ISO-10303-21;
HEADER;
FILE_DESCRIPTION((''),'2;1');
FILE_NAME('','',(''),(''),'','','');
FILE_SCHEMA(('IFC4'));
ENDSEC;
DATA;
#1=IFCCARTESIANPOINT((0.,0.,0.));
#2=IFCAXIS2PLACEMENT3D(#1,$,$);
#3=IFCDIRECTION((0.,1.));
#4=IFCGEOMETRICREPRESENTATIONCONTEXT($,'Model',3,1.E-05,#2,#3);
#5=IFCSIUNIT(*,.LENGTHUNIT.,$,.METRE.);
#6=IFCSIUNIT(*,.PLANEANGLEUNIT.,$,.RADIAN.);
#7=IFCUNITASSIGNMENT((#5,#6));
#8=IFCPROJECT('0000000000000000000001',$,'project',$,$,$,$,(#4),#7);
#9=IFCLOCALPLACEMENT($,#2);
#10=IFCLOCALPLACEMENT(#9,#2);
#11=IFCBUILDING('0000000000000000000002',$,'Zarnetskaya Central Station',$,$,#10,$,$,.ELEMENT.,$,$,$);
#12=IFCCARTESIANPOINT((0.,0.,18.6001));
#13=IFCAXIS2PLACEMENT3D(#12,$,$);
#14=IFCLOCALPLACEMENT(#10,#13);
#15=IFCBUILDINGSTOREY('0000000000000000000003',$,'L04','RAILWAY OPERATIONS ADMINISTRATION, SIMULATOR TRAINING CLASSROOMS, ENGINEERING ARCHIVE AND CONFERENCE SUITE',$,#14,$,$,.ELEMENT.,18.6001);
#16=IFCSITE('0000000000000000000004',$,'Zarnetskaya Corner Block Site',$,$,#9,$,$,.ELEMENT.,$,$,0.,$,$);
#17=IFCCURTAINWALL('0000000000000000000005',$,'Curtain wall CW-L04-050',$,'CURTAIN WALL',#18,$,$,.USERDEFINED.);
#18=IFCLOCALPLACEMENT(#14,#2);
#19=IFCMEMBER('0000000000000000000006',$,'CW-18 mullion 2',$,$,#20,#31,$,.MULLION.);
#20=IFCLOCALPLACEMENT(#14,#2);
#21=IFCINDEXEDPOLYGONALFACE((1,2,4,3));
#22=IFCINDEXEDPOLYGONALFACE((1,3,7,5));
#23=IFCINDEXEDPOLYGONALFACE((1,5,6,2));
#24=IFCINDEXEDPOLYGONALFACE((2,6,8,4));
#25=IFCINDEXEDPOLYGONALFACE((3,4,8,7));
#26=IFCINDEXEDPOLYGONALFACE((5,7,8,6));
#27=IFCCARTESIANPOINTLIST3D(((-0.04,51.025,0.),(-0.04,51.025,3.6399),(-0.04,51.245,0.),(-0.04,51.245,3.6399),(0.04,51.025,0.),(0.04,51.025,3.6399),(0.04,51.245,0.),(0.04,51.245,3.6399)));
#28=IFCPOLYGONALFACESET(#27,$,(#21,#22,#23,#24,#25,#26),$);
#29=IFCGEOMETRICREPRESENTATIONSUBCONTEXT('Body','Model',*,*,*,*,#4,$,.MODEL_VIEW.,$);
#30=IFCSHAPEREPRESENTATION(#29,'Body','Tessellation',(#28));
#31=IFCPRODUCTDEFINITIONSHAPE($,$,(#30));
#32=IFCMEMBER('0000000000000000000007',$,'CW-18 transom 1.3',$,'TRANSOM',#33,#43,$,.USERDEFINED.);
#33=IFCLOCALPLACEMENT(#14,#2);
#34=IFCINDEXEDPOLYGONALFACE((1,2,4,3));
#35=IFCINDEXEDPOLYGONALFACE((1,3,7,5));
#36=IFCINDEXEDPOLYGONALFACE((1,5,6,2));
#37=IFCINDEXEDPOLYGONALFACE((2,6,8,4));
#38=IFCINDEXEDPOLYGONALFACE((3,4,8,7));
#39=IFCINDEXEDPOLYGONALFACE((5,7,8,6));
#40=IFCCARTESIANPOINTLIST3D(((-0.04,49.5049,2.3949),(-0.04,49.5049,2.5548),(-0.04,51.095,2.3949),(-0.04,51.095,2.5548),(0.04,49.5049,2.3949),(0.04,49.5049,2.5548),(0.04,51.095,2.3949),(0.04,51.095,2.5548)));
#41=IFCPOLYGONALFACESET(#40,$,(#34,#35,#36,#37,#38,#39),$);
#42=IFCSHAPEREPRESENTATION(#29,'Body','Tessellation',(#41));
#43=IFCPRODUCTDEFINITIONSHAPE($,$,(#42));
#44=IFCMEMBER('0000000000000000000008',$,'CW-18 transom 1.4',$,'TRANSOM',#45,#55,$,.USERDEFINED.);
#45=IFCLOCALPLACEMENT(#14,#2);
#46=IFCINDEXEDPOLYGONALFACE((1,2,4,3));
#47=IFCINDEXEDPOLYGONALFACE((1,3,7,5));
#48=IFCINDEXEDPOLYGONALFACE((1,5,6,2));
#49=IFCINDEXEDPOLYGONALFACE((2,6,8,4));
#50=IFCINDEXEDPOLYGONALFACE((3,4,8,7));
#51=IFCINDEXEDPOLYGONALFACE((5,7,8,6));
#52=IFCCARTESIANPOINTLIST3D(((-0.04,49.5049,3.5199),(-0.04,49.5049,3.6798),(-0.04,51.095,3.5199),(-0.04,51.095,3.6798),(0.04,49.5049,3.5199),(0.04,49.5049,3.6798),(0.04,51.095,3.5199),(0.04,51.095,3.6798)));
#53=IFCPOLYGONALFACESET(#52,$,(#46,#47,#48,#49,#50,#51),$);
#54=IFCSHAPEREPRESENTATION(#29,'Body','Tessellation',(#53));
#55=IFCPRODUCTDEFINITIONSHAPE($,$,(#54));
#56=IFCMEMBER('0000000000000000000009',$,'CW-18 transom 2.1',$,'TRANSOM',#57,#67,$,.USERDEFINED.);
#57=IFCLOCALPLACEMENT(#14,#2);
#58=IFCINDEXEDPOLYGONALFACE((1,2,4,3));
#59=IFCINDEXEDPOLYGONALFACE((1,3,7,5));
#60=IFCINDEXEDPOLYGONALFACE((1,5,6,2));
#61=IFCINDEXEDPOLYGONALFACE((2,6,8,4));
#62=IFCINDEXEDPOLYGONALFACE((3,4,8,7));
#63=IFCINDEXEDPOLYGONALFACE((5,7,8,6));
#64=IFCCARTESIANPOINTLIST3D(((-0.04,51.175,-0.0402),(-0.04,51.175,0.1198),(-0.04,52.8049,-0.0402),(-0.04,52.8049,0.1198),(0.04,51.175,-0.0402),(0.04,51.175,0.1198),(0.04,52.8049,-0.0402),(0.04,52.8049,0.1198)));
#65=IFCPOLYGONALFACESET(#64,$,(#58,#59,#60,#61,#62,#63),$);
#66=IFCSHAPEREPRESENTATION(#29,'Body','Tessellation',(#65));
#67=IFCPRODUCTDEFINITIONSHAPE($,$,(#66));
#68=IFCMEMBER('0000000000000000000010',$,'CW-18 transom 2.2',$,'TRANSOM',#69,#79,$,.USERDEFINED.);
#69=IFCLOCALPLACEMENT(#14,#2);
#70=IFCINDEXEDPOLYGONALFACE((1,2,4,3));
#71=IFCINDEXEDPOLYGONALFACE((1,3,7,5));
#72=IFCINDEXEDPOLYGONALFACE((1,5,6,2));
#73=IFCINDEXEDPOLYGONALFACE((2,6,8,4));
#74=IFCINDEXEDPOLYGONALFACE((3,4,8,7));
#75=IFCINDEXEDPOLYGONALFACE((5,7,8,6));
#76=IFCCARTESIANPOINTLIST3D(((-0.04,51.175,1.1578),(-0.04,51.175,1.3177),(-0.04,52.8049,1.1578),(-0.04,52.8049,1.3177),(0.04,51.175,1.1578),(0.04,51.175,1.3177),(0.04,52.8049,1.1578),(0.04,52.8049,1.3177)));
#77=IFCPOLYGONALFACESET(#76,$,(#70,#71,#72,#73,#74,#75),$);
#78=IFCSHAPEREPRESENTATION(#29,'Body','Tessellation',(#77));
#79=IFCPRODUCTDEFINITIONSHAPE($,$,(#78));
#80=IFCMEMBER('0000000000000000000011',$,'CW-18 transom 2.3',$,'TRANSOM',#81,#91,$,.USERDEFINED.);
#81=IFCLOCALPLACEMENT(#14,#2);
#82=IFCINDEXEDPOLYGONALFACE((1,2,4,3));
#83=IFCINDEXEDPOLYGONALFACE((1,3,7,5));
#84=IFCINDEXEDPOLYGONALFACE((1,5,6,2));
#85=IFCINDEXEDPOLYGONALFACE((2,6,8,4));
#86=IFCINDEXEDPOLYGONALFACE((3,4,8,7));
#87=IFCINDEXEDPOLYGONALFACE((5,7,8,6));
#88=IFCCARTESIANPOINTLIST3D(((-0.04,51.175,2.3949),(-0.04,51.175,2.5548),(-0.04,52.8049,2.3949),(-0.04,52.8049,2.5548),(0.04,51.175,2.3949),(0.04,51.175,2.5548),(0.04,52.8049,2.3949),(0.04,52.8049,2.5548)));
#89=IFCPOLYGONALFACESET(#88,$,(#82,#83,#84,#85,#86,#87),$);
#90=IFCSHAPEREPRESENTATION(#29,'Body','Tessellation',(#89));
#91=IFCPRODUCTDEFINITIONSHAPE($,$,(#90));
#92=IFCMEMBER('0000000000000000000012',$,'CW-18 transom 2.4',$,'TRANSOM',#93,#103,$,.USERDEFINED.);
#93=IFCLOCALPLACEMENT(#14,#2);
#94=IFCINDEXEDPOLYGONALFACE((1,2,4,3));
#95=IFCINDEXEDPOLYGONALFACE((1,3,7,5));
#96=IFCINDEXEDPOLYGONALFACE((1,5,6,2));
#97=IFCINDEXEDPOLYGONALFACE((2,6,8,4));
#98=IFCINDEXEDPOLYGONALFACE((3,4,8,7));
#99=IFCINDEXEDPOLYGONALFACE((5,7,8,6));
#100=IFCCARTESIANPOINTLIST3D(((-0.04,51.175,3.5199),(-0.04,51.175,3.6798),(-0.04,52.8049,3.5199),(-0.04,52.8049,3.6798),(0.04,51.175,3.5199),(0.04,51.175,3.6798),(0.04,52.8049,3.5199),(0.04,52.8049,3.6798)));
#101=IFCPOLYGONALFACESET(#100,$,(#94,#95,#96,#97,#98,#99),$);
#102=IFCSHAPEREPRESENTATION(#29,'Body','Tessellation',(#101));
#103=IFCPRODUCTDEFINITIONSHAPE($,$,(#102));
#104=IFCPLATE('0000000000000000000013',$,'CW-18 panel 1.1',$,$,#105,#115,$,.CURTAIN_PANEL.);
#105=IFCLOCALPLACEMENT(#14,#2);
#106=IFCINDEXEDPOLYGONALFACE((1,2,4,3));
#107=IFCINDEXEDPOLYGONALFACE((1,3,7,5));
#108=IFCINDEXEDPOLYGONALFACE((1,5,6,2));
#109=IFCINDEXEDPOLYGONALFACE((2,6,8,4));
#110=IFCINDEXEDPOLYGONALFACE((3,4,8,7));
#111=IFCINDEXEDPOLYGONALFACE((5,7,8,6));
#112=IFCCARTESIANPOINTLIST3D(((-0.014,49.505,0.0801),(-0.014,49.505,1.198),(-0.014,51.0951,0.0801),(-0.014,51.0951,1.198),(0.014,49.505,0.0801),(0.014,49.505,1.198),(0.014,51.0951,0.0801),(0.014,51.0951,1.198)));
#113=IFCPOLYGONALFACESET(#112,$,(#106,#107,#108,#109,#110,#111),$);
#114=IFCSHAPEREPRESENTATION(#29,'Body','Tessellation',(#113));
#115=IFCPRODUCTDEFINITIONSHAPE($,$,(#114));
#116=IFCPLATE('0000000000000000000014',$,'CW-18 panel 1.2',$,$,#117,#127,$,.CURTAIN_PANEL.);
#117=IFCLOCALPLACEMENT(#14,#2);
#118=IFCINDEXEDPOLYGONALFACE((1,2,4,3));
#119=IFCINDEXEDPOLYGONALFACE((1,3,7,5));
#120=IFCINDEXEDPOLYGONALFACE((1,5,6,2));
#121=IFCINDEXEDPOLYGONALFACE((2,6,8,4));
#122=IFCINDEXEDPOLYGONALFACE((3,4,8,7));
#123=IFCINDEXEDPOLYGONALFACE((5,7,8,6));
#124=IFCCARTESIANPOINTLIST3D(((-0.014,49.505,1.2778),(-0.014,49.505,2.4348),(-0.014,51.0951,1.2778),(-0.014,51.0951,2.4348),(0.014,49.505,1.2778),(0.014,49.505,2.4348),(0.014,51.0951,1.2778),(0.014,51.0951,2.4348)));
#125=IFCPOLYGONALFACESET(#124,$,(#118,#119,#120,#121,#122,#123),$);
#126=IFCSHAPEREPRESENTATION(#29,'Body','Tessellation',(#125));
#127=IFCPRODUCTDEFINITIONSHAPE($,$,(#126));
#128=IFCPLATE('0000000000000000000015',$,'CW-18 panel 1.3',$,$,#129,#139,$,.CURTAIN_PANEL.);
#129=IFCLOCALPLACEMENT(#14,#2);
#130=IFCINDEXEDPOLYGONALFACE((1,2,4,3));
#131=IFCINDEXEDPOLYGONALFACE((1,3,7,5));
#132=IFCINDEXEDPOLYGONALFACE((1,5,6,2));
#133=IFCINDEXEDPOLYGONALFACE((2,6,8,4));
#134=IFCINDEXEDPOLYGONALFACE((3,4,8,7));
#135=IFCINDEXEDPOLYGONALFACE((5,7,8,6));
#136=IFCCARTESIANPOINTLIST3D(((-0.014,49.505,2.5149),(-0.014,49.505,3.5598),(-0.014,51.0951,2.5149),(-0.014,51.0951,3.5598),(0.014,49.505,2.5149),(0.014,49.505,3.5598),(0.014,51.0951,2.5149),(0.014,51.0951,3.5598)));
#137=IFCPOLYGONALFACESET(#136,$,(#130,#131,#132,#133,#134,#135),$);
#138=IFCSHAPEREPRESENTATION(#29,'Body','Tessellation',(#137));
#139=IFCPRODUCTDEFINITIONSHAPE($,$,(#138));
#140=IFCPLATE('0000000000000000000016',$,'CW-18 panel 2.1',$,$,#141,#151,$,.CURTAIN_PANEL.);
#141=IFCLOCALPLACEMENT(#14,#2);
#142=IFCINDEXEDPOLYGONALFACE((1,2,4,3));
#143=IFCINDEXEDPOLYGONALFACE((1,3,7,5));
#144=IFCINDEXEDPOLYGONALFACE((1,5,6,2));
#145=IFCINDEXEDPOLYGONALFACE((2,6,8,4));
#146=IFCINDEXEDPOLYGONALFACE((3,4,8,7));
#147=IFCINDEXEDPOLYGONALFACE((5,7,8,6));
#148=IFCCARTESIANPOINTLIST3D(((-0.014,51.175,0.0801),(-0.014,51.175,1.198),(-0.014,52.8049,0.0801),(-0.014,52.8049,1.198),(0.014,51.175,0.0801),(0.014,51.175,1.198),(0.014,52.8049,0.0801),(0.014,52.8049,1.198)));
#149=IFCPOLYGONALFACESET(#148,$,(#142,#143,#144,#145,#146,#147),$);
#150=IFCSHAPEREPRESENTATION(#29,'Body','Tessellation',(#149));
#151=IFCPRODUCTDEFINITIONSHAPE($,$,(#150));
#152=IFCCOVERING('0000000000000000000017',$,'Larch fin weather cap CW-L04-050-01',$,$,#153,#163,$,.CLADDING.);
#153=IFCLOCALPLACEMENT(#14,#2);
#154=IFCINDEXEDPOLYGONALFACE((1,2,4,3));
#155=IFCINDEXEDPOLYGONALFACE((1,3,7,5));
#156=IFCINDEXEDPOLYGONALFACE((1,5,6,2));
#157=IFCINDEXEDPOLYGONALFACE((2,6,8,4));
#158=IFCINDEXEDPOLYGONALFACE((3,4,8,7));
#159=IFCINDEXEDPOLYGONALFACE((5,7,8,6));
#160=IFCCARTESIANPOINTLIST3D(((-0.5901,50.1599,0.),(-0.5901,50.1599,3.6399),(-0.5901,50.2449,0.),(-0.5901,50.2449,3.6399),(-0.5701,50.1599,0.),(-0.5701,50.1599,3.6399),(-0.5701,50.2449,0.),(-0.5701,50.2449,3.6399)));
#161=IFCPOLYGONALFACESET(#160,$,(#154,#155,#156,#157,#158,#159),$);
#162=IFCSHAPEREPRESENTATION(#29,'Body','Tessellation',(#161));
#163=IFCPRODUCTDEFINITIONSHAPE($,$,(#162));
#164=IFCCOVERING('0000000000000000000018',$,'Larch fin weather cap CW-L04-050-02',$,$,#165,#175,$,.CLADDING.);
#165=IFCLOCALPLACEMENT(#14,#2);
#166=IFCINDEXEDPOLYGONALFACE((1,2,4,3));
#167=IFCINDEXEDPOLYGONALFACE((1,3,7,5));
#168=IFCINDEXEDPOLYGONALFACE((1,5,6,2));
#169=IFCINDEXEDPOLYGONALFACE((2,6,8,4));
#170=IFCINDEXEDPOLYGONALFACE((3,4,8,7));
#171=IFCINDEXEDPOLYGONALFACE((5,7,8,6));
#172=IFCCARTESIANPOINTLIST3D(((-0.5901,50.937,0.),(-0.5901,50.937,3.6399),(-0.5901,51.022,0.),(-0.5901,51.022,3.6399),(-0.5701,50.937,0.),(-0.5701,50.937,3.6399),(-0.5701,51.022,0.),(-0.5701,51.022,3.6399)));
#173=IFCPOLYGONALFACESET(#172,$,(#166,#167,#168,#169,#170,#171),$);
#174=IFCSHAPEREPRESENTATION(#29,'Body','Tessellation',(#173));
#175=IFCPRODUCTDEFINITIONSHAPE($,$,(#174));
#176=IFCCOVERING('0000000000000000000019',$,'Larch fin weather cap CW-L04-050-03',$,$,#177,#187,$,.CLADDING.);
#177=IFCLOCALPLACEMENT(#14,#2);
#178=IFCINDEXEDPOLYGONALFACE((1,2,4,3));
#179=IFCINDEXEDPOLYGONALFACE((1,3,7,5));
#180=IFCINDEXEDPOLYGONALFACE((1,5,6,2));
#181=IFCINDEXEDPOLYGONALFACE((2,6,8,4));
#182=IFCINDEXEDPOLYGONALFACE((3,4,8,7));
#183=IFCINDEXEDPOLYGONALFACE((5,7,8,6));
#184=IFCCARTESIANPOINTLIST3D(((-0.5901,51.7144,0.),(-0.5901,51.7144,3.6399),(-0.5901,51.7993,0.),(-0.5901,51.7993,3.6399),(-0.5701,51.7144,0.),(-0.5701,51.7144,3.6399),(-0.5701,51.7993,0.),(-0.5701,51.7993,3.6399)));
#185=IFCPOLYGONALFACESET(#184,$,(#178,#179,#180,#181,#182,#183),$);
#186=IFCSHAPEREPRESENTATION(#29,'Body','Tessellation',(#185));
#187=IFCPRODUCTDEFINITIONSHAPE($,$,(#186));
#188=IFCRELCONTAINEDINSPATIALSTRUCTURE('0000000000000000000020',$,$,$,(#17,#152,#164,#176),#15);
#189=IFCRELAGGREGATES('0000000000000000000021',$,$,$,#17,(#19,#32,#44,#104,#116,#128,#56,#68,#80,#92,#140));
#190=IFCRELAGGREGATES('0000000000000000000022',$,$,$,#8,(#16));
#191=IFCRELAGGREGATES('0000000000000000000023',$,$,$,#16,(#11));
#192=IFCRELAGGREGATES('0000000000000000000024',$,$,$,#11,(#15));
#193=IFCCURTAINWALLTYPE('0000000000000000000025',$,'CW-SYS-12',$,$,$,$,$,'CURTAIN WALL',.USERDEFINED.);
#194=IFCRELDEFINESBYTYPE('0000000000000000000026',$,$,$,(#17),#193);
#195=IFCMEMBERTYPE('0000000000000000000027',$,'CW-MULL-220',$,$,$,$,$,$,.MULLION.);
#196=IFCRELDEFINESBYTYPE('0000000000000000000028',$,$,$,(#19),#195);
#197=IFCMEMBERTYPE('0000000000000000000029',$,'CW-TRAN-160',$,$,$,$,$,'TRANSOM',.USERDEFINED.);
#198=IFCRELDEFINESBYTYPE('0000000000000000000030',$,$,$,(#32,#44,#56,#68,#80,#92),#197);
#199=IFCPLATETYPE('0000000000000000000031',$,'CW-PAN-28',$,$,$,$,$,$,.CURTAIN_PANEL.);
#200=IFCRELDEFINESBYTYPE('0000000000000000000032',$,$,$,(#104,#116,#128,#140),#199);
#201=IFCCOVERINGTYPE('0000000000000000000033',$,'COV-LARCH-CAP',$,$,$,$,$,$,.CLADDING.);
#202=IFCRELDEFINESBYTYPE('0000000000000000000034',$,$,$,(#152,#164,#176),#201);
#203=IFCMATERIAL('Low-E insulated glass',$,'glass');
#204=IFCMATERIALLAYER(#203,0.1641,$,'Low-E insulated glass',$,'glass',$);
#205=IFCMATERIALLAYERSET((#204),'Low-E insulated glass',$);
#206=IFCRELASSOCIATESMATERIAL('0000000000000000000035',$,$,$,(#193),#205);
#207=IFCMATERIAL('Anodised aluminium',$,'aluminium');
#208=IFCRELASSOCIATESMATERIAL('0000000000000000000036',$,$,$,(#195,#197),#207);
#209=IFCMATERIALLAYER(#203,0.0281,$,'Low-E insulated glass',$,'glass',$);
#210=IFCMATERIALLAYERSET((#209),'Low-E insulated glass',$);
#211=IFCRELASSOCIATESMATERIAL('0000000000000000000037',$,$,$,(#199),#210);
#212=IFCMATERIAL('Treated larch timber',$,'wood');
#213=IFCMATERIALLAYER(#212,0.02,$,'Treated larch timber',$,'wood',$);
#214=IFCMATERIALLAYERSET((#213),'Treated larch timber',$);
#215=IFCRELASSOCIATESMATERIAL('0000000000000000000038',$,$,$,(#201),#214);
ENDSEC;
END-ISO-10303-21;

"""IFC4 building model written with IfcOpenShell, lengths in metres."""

from ifc_helpers import new_model, si_unit, direction, frame, origin, origin_2d, place, context, subcontext, project, spatial, rectangle, extrude, material, layer, layer_set, material_profile, profile_set, type_object, element, aggregate, save


model = new_model("IFC4")

# Units and contexts
model_context = context("Model", 3, precision=1e-05, world=origin(), true_north=direction((0.0, 1.0)))
body_context = subcontext(model_context, "Body", "Model", "MODEL_VIEW")
ifc_project = project(units=[si_unit("LENGTHUNIT", "METRE"), si_unit("PLANEANGLEUNIT", "RADIAN")], contexts=[model_context])

# Site, building, storey
site_placement = place(None, origin())
site = spatial("IfcSite", under=ifc_project, at=site_placement, Name="Zarnetskaya Corner Block Site", CompositionType="ELEMENT", RefElevation=0.0)
building_placement = place(site_placement, origin())
building = spatial("IfcBuilding", under=site, at=building_placement, Name="Zarnetskaya Central Station", CompositionType="ELEMENT")
storey_placement = place(building_placement, frame((0.0, 0.0, 18.6001)))
storey = spatial("IfcBuildingStorey", under=building, at=storey_placement, Name="L04", Description="RAILWAY OPERATIONS ADMINISTRATION, SIMULATOR TRAINING CLASSROOMS, ENGINEERING ARCHIVE AND CONFERENCE SUITE", CompositionType="ELEMENT", Elevation=18.6001)

# Curtain wall, members, plates
ifc_material_1 = material(Name="Low-E insulated glass", Category="glass")
ifc_layer_1 = layer(ifc_material_1, 0.1641, Name="Low-E insulated glass", Category="glass")
ifc_layer_set_1 = layer_set([ifc_layer_1], Name="Low-E insulated glass")
curtain_wall_type = type_object("IfcCurtainWallType", Name="CW-SYS-12", ElementType="CURTAIN WALL", PredefinedType="USERDEFINED", material=ifc_layer_set_1)
curtain_wall_placement = place(storey_placement, origin())
curtain_wall = element("IfcCurtainWall", 1, at=curtain_wall_placement, inside=storey, type_object=curtain_wall_type, Name="Curtain wall CW-L04-050", ObjectType="CURTAIN WALL", PredefinedType="USERDEFINED")
ifc_material_2 = material(Name="Anodised aluminium", Category="aluminium")
ifc_material_profile_1 = material_profile(ifc_material_2, rectangle(XDim=0.0801, YDim=0.22, at=origin_2d()), Name="ALU MULL 80x220")
ifc_profile_set_1 = profile_set([ifc_material_profile_1], Name="Anodised aluminium")
member_type_1 = type_object("IfcMemberType", Name="CW-MULL-220", PredefinedType="MULLION", material=ifc_profile_set_1)
member_1_placement = place(storey_placement, frame((0.0, 51.135, 0.0), z_axis=(0.0, 0.0, 1.0), x_axis=(-1.0, 0.0, 0.0)))
member_1 = element("IfcMember", 2, at=member_1_placement, type_object=member_type_1, Name="CW-18 mullion 2", PredefinedType="MULLION", context=body_context, shape_type="SweptSolid", body=[
    extrude(rectangle(XDim=0.0801, YDim=0.22, at=origin_2d()), origin(), (0.0, 0.0, 1.0), 3.6399),
])
ifc_material_profile_2 = material_profile(ifc_material_2, rectangle(XDim=0.0801, YDim=0.1599, at=origin_2d()), Name="ALU TRAN 80x160")
ifc_profile_set_2 = profile_set([ifc_material_profile_2], Name="Anodised aluminium")
member_type_2 = type_object("IfcMemberType", Name="CW-TRAN-160", ElementType="TRANSOM", PredefinedType="USERDEFINED", material=ifc_profile_set_2)
member_2_placement = place(storey_placement, frame((0.0, 49.5049, 2.4749), z_axis=(0.0, 1.0, 0.0), x_axis=(-1.0, 0.0, 0.0)))
member_2 = element("IfcMember", 3, at=member_2_placement, type_object=member_type_2, Name="CW-18 transom 1.3", ObjectType="TRANSOM", PredefinedType="USERDEFINED", context=body_context, shape_type="SweptSolid", body=[
    extrude(rectangle(XDim=0.0801, YDim=0.1599, at=origin_2d()), origin(), (0.0, 0.0, 1.0), 1.5901),
])
member_3_placement = place(storey_placement, frame((0.0, 49.5049, 3.5999), z_axis=(0.0, 1.0, 0.0), x_axis=(-1.0, 0.0, 0.0)))
member_3 = element("IfcMember", 4, at=member_3_placement, type_object=member_type_2, Name="CW-18 transom 1.4", ObjectType="TRANSOM", PredefinedType="USERDEFINED", context=body_context, shape_type="SweptSolid", body=[
    extrude(rectangle(XDim=0.0801, YDim=0.1599, at=origin_2d()), origin(), (0.0, 0.0, 1.0), 1.5901),
])
member_4_placement = place(storey_placement, frame((0.0, 51.175, 0.0398), z_axis=(0.0, 1.0, 0.0), x_axis=(-1.0, 0.0, 0.0)))
member_4 = element("IfcMember", 5, at=member_4_placement, type_object=member_type_2, Name="CW-18 transom 2.1", ObjectType="TRANSOM", PredefinedType="USERDEFINED", context=body_context, shape_type="SweptSolid", body=[
    extrude(rectangle(XDim=0.0801, YDim=0.1599, at=origin_2d()), origin(), (0.0, 0.0, 1.0), 1.6299),
])
member_5_placement = place(storey_placement, frame((0.0, 51.175, 1.2378), z_axis=(0.0, 1.0, 0.0), x_axis=(-1.0, 0.0, 0.0)))
member_5 = element("IfcMember", 6, at=member_5_placement, type_object=member_type_2, Name="CW-18 transom 2.2", ObjectType="TRANSOM", PredefinedType="USERDEFINED", context=body_context, shape_type="SweptSolid", body=[
    extrude(rectangle(XDim=0.0801, YDim=0.1599, at=origin_2d()), origin(), (0.0, 0.0, 1.0), 1.6299),
])
member_6_placement = place(storey_placement, frame((0.0, 51.175, 2.4749), z_axis=(0.0, 1.0, 0.0), x_axis=(-1.0, 0.0, 0.0)))
member_6 = element("IfcMember", 7, at=member_6_placement, type_object=member_type_2, Name="CW-18 transom 2.3", ObjectType="TRANSOM", PredefinedType="USERDEFINED", context=body_context, shape_type="SweptSolid", body=[
    extrude(rectangle(XDim=0.0801, YDim=0.1599, at=origin_2d()), origin(), (0.0, 0.0, 1.0), 1.6299),
])
member_7_placement = place(storey_placement, frame((0.0, 51.175, 3.5999), z_axis=(0.0, 1.0, 0.0), x_axis=(-1.0, 0.0, 0.0)))
member_7 = element("IfcMember", 8, at=member_7_placement, type_object=member_type_2, Name="CW-18 transom 2.4", ObjectType="TRANSOM", PredefinedType="USERDEFINED", context=body_context, shape_type="SweptSolid", body=[
    extrude(rectangle(XDim=0.0801, YDim=0.1599, at=origin_2d()), origin(), (0.0, 0.0, 1.0), 1.6299),
])
ifc_layer_2 = layer(ifc_material_1, 0.0281, Name="Low-E insulated glass", Category="glass")
ifc_layer_set_2 = layer_set([ifc_layer_2], Name="Low-E insulated glass")
plate_type = type_object("IfcPlateType", Name="CW-PAN-28", PredefinedType="CURTAIN_PANEL", material=ifc_layer_set_2)
plate_1_placement = place(storey_placement, frame((0.0, 50.3, 0.0801), z_axis=(0.0, 0.0, 1.0), x_axis=(0.0, 1.0, 0.0)))
plate_1 = element("IfcPlate", 9, at=plate_1_placement, type_object=plate_type, Name="CW-18 panel 1.1", PredefinedType="CURTAIN_PANEL", context=body_context, shape_type="SweptSolid", body=[
    extrude(rectangle(XDim=1.5901, YDim=0.0281, at=origin_2d()), origin(), (0.0, 0.0, 1.0), 1.1179),
])
plate_2_placement = place(storey_placement, frame((0.0, 50.3, 1.2778), z_axis=(0.0, 0.0, 1.0), x_axis=(0.0, 1.0, 0.0)))
plate_2 = element("IfcPlate", 10, at=plate_2_placement, type_object=plate_type, Name="CW-18 panel 1.2", PredefinedType="CURTAIN_PANEL", context=body_context, shape_type="SweptSolid", body=[
    extrude(rectangle(XDim=1.5901, YDim=0.0281, at=origin_2d()), origin(), (0.0, 0.0, 1.0), 1.157),
])
plate_3_placement = place(storey_placement, frame((0.0, 50.3, 2.5149), z_axis=(0.0, 0.0, 1.0), x_axis=(0.0, 1.0, 0.0)))
plate_3 = element("IfcPlate", 11, at=plate_3_placement, type_object=plate_type, Name="CW-18 panel 1.3", PredefinedType="CURTAIN_PANEL", context=body_context, shape_type="SweptSolid", body=[
    extrude(rectangle(XDim=1.5901, YDim=0.0281, at=origin_2d()), origin(), (0.0, 0.0, 1.0), 1.0449),
])
plate_4_placement = place(storey_placement, frame((0.0, 51.99, 0.0801), z_axis=(0.0, 0.0, 1.0), x_axis=(0.0, 1.0, 0.0)))
plate_4 = element("IfcPlate", 12, at=plate_4_placement, type_object=plate_type, Name="CW-18 panel 2.1", PredefinedType="CURTAIN_PANEL", context=body_context, shape_type="SweptSolid", body=[
    extrude(rectangle(XDim=1.6299, YDim=0.0281, at=origin_2d()), origin(), (0.0, 0.0, 1.0), 1.1179),
])
aggregate(curtain_wall, [member_1, member_2, member_3, plate_1, plate_2, plate_3, member_4, member_5, member_6, member_7, plate_4])

# Coverings
ifc_material_3 = material(Name="Treated larch timber", Category="wood")
ifc_layer_3 = layer(ifc_material_3, 0.02, Name="Treated larch timber", Category="wood")
ifc_layer_set_3 = layer_set([ifc_layer_3], Name="Treated larch timber")
covering_type = type_object("IfcCoveringType", Name="COV-LARCH-CAP", PredefinedType="CLADDING", material=ifc_layer_set_3)
for number, where, z_axis, x_axis, name in (
    (13, (-0.5801, 50.2024, 0.0), (0.0, 0.0, 1.0), (0.0, 1.0, 0.0), "Larch fin weather cap CW-L04-050-01"),
    (14, (-0.5801, 50.9795, 0.0), (0.0, 0.0, 1.0), (0.0, 1.0, 0.0), "Larch fin weather cap CW-L04-050-02"),
    (15, (-0.5801, 51.7568, 0.0), (0.0, 0.0, 1.0), (0.0, 1.0, 0.0), "Larch fin weather cap CW-L04-050-03"),
):
    element("IfcCovering", number, at=place(storey_placement, frame(where, z_axis=z_axis, x_axis=x_axis)), inside=storey, type_object=covering_type, Name=name, PredefinedType="CLADDING", context=body_context, shape_type="SweptSolid", body=[
        extrude(rectangle(XDim=0.085, YDim=0.02, at=origin_2d()), origin(), (0.0, 0.0, 1.0), 3.6399),
    ])

save(model, "model.ifc")
